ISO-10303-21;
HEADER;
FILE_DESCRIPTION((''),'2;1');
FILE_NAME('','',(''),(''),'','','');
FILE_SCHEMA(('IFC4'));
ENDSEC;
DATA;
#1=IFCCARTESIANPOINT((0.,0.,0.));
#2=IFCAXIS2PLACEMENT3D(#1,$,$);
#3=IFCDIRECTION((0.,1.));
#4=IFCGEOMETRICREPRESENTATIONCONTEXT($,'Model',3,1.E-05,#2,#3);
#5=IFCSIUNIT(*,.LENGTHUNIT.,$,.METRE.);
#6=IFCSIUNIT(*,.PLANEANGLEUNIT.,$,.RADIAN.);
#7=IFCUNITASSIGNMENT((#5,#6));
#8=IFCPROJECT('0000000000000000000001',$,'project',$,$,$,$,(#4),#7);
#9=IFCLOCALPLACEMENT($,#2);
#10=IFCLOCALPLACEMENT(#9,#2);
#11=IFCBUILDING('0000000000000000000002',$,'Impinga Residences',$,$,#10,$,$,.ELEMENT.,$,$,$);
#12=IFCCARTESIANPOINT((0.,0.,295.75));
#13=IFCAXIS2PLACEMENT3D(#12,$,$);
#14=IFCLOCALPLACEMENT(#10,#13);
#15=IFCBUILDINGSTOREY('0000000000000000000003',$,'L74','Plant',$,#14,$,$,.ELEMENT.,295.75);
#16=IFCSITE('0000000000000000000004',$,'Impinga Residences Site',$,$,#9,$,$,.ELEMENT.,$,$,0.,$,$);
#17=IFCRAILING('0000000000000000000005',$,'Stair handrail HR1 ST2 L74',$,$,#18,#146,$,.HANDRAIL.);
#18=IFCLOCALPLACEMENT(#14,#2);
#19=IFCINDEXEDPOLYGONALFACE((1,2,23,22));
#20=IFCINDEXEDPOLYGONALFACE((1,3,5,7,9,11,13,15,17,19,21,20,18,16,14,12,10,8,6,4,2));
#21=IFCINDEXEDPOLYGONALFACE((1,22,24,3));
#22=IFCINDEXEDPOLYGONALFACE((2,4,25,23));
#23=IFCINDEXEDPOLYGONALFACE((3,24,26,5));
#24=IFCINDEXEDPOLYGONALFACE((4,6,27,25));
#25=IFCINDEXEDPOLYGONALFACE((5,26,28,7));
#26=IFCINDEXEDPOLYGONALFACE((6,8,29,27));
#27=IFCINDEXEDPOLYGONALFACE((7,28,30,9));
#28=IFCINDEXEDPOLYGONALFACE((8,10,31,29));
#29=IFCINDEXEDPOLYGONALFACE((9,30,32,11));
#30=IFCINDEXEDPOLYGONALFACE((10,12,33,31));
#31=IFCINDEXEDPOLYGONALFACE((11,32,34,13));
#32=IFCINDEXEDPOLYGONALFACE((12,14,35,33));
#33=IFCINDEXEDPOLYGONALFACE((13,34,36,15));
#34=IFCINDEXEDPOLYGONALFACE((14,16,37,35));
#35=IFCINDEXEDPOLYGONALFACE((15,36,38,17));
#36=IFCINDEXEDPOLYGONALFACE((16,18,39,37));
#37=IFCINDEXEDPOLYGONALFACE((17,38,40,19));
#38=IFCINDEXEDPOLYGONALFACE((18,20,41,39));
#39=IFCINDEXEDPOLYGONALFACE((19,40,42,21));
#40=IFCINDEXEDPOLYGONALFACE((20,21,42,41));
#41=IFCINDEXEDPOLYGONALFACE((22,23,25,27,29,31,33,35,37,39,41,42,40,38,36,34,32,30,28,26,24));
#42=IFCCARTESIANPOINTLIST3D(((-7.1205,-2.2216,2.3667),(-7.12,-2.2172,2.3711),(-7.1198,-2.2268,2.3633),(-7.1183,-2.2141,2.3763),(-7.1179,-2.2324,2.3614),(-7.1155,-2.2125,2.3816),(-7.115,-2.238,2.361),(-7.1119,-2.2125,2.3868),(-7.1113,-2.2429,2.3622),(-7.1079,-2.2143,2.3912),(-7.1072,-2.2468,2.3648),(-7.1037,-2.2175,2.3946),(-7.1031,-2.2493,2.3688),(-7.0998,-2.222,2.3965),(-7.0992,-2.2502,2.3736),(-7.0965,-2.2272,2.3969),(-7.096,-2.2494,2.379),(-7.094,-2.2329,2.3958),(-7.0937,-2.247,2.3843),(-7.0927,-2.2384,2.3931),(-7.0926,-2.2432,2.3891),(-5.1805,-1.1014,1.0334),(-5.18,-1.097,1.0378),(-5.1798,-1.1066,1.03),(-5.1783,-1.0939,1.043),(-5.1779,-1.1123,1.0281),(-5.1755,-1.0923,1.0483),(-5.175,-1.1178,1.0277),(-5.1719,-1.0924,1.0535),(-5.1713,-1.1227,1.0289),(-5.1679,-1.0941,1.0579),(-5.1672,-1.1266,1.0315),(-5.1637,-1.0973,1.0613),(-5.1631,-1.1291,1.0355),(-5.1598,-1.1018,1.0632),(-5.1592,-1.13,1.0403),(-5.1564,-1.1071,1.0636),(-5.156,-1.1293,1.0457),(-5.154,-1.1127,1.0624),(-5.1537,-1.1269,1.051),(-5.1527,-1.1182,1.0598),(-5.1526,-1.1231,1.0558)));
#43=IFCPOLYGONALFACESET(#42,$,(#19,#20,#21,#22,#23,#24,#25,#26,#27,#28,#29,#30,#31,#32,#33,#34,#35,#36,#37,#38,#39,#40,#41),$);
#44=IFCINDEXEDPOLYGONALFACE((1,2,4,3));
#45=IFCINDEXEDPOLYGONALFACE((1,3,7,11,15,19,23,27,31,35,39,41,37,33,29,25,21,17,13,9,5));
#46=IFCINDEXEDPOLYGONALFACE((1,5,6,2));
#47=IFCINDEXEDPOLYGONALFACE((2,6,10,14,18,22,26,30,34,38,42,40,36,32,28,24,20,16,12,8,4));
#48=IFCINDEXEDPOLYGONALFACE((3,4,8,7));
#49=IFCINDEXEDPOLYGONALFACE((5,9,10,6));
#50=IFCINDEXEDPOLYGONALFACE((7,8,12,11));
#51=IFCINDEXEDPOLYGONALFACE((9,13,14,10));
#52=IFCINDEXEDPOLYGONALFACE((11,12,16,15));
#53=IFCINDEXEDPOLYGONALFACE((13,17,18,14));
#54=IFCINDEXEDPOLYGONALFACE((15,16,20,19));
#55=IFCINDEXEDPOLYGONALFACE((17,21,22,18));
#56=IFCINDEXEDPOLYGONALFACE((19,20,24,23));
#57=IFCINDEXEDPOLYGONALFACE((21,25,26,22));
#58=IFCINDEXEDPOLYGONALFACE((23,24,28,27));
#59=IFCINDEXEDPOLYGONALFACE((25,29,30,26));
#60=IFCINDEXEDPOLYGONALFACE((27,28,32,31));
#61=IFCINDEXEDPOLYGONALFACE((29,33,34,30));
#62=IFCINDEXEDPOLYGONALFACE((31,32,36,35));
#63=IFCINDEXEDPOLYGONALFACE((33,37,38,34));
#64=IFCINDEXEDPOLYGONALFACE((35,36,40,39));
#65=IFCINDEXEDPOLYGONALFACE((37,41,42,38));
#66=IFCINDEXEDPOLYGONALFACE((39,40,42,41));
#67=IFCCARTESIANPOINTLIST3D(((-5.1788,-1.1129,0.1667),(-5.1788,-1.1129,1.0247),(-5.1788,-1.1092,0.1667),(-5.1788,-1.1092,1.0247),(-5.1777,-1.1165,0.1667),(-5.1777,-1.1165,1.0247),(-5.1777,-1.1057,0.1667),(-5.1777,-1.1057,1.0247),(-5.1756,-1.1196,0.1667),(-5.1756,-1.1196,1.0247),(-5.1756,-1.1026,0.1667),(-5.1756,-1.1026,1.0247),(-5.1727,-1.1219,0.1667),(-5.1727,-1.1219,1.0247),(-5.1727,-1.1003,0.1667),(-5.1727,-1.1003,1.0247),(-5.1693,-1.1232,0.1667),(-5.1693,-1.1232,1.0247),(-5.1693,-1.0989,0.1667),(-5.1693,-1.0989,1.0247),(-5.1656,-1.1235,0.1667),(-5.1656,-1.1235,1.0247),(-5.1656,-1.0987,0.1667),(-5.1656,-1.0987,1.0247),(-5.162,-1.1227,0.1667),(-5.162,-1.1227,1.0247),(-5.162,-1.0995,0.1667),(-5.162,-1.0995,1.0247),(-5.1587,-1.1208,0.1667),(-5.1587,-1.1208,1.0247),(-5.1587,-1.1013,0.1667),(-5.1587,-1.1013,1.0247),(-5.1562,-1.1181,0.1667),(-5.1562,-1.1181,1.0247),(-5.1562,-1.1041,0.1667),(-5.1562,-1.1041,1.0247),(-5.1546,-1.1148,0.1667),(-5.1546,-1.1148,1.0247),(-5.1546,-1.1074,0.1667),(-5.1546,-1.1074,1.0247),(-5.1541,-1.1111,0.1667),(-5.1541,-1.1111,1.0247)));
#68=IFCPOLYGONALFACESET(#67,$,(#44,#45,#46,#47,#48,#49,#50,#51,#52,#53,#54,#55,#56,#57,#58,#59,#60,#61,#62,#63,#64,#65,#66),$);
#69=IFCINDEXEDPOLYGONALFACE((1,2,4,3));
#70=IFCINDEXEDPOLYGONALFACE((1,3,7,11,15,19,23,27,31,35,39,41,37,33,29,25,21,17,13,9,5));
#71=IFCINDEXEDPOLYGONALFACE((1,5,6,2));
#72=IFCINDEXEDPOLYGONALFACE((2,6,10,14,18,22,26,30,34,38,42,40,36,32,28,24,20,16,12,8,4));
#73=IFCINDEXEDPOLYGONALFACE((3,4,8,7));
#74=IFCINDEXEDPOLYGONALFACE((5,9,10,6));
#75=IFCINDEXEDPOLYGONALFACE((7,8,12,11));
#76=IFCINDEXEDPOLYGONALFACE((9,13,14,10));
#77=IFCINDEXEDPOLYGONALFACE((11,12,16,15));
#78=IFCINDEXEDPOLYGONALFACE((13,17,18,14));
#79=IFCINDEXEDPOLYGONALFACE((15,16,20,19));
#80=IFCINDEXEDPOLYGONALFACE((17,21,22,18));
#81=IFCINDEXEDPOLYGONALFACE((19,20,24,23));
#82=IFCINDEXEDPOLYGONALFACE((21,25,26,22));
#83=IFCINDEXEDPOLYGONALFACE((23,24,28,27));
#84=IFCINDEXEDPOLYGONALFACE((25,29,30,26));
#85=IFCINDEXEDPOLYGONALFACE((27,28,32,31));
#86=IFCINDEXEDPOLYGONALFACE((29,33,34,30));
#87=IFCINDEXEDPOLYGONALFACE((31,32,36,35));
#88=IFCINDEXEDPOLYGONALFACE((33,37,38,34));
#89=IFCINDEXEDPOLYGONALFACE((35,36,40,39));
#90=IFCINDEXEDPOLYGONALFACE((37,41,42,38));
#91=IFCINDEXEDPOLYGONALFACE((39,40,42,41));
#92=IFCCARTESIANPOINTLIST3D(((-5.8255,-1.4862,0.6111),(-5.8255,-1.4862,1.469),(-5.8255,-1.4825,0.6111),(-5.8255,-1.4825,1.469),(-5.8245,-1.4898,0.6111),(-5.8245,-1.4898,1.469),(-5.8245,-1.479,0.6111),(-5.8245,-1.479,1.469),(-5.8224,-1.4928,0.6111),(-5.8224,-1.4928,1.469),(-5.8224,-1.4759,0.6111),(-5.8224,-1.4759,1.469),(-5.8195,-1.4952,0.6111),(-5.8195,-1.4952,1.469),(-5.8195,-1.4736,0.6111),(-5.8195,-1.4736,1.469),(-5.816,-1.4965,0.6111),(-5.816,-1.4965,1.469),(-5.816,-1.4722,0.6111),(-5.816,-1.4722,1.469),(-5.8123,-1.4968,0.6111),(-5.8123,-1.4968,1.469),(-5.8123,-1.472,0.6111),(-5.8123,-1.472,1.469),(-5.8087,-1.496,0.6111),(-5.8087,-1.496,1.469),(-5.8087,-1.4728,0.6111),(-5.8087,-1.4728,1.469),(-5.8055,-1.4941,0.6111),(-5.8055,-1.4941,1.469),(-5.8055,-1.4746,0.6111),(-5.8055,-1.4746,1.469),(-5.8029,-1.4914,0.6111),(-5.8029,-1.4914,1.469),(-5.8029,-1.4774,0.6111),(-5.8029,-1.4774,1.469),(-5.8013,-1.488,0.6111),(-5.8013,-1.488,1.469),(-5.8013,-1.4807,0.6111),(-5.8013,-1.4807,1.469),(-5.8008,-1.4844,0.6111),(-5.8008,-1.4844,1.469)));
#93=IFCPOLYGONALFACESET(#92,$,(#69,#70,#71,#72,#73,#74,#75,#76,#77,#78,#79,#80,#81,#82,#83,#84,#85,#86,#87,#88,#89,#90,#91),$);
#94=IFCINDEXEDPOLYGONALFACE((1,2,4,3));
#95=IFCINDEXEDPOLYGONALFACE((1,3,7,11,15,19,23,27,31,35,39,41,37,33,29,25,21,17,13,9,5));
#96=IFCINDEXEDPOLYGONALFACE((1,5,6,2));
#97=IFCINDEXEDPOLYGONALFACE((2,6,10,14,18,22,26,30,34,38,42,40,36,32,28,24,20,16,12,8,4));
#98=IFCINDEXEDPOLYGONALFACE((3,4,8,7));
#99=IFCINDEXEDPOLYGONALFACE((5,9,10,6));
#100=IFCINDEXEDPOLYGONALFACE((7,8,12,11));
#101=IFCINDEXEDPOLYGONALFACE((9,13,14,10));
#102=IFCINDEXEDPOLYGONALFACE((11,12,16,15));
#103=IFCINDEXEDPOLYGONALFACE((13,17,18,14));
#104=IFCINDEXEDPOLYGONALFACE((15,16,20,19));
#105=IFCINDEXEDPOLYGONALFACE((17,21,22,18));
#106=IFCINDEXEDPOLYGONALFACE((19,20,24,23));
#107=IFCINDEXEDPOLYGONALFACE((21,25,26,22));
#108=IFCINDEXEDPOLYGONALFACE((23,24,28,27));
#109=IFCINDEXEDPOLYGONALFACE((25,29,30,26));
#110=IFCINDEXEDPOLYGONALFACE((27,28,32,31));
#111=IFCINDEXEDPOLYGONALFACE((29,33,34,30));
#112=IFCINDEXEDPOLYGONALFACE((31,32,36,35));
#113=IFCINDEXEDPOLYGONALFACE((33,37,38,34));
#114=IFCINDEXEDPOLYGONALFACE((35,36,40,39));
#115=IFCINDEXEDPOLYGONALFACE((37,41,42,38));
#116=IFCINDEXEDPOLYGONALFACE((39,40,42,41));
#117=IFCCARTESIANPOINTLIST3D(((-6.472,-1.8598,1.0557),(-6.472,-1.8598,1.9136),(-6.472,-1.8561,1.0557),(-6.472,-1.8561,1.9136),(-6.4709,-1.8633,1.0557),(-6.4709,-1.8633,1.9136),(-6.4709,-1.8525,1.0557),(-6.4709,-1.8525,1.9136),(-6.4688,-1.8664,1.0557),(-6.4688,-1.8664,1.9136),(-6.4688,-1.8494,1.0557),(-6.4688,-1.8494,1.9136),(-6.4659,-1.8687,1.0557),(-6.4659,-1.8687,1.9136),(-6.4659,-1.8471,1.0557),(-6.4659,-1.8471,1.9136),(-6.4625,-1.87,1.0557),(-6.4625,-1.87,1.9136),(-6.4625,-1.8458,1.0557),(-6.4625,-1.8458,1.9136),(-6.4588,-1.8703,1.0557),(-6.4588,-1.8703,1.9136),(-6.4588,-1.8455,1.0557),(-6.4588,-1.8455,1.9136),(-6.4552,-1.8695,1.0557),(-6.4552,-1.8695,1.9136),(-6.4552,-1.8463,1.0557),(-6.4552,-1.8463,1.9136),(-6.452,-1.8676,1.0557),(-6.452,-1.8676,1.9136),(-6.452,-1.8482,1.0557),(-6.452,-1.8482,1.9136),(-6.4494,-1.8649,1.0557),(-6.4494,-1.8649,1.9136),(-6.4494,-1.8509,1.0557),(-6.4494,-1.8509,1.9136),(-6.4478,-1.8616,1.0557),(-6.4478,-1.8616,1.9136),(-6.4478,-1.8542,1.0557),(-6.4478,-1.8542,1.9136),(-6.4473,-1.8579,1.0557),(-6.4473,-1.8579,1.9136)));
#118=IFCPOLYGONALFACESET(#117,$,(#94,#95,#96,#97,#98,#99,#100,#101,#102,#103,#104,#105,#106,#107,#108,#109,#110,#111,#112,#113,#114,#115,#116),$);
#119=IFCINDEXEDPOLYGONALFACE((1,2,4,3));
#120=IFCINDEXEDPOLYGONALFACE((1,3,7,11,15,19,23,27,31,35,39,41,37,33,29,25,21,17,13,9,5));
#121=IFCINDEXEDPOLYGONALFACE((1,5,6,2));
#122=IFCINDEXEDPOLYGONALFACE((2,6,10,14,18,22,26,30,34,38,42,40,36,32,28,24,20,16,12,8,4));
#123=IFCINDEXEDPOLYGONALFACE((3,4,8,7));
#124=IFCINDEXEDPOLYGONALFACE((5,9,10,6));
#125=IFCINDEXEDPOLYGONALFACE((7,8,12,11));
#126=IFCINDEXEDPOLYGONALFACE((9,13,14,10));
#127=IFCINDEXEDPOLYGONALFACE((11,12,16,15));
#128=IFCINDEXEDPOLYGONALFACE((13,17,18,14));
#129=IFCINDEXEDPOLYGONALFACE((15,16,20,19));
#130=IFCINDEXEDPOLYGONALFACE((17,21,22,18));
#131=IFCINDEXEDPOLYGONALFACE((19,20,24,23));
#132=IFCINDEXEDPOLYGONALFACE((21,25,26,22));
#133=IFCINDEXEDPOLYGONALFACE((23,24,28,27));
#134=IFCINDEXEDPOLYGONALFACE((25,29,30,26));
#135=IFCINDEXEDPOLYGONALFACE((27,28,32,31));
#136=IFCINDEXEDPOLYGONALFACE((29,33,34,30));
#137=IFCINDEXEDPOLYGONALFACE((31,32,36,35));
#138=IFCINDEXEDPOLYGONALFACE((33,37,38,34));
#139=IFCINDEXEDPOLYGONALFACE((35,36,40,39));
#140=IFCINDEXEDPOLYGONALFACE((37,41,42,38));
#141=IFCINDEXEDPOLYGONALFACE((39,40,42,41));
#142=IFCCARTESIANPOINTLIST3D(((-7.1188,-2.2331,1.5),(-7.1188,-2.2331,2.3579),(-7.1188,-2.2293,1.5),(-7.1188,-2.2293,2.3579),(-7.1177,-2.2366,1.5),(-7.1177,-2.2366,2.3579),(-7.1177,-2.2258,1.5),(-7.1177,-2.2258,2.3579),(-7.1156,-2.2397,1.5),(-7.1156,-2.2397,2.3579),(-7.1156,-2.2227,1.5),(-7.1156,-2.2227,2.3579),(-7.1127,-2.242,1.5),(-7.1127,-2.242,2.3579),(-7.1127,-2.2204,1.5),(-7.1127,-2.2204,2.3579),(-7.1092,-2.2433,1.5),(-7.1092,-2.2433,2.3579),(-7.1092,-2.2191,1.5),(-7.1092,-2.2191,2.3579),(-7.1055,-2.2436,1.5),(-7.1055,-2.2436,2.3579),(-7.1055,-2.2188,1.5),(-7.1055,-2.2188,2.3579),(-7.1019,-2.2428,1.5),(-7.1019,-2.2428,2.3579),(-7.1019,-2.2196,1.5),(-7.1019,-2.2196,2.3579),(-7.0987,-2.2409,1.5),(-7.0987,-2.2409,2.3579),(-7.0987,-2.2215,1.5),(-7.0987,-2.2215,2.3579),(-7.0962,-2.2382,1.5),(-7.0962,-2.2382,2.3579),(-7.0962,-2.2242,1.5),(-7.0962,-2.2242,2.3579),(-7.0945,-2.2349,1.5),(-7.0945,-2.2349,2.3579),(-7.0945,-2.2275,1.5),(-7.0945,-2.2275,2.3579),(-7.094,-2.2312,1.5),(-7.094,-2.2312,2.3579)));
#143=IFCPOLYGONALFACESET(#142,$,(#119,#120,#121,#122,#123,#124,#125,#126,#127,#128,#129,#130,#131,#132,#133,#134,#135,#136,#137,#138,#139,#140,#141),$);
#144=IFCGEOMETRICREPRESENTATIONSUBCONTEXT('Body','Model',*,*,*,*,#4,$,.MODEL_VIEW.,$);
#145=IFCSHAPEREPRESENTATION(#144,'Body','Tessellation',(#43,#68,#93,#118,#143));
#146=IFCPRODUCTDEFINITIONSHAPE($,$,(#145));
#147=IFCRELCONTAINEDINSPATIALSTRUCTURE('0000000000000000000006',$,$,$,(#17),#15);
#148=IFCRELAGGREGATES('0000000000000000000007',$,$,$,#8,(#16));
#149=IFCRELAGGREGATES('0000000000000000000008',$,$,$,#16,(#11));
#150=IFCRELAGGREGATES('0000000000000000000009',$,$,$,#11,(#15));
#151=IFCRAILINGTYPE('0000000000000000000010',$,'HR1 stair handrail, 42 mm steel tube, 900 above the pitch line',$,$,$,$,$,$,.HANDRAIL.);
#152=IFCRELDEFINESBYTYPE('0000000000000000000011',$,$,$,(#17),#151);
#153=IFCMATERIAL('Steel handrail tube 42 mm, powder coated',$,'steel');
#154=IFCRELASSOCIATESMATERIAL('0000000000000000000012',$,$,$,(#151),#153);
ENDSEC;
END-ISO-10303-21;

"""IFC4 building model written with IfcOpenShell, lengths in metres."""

from ifc_helpers import new_model, si_unit, direction, frame, origin, origin_2d, place, context, subcontext, project, spatial, circle, extrude, material, type_object, element, save


model = new_model("IFC4")

# Units and contexts
model_context = context("Model", 3, precision=1e-05, world=origin(), true_north=direction((0.0, 1.0)))
body_context = subcontext(model_context, "Body", "Model", "MODEL_VIEW")
ifc_project = project(units=[si_unit("LENGTHUNIT", "METRE"), si_unit("PLANEANGLEUNIT", "RADIAN")], contexts=[model_context])

# Site, building, storey
site_placement = place(None, origin())
site = spatial("IfcSite", under=ifc_project, at=site_placement, Name="Impinga Residences Site", CompositionType="ELEMENT", RefElevation=0.0)
building_placement = place(site_placement, origin())
building = spatial("IfcBuilding", under=site, at=building_placement, Name="Impinga Residences", CompositionType="ELEMENT")
storey_placement = place(building_placement, frame((0.0, 0.0, 295.75)))
storey = spatial("IfcBuildingStorey", under=building, at=storey_placement, Name="L74", Description="Plant", CompositionType="ELEMENT", Elevation=295.75)

# Railing
ifc_material_1 = material(Name="Steel handrail tube 42 mm, powder coated", Category="steel")
railing_type_1 = type_object("IfcRailingType", Name="HR1 stair handrail, 42 mm steel tube, 900 above the pitch line", PredefinedType="HANDRAIL", material=ifc_material_1)
for number, where, name in (
    (1, (-5.1665, -1.1111, 0.1667), "Stair handrail HR1 ST2 L74"),
):
    element("IfcRailing", number, at=place(storey_placement, frame(where)), inside=storey, type_object=railing_type_1, Name=name, PredefinedType="HANDRAIL", context=body_context, shape_type="SweptSolid", body=[
        extrude(circle(Radius=0.021, at=origin_2d()), frame((0.0, 0.0, 0.8789), z_axis=(-0.744175, -0.429684, 0.511444), x_axis=(0.500031, -0.866008, 0.0)), (0.0, 0.0, 1.0), 2.6069),
        extrude(circle(Radius=0.0125, at=origin_2d()), origin(), (0.0, 0.0, 1.0), 0.8579),
        extrude(circle(Radius=0.0125, at=origin_2d()), frame((-0.6467, -0.3733, 0.4443)), (0.0, 0.0, 1.0), 0.8579),
        extrude(circle(Radius=0.0125, at=origin_2d()), frame((-1.2932, -0.7468, 0.8889)), (0.0, 0.0, 1.0), 0.8579),
        extrude(circle(Radius=0.0125, at=origin_2d()), frame((-1.9399, -1.1201, 1.3333)), (0.0, 0.0, 1.0), 0.8579),
    ])

save(model, "model.ifc")
